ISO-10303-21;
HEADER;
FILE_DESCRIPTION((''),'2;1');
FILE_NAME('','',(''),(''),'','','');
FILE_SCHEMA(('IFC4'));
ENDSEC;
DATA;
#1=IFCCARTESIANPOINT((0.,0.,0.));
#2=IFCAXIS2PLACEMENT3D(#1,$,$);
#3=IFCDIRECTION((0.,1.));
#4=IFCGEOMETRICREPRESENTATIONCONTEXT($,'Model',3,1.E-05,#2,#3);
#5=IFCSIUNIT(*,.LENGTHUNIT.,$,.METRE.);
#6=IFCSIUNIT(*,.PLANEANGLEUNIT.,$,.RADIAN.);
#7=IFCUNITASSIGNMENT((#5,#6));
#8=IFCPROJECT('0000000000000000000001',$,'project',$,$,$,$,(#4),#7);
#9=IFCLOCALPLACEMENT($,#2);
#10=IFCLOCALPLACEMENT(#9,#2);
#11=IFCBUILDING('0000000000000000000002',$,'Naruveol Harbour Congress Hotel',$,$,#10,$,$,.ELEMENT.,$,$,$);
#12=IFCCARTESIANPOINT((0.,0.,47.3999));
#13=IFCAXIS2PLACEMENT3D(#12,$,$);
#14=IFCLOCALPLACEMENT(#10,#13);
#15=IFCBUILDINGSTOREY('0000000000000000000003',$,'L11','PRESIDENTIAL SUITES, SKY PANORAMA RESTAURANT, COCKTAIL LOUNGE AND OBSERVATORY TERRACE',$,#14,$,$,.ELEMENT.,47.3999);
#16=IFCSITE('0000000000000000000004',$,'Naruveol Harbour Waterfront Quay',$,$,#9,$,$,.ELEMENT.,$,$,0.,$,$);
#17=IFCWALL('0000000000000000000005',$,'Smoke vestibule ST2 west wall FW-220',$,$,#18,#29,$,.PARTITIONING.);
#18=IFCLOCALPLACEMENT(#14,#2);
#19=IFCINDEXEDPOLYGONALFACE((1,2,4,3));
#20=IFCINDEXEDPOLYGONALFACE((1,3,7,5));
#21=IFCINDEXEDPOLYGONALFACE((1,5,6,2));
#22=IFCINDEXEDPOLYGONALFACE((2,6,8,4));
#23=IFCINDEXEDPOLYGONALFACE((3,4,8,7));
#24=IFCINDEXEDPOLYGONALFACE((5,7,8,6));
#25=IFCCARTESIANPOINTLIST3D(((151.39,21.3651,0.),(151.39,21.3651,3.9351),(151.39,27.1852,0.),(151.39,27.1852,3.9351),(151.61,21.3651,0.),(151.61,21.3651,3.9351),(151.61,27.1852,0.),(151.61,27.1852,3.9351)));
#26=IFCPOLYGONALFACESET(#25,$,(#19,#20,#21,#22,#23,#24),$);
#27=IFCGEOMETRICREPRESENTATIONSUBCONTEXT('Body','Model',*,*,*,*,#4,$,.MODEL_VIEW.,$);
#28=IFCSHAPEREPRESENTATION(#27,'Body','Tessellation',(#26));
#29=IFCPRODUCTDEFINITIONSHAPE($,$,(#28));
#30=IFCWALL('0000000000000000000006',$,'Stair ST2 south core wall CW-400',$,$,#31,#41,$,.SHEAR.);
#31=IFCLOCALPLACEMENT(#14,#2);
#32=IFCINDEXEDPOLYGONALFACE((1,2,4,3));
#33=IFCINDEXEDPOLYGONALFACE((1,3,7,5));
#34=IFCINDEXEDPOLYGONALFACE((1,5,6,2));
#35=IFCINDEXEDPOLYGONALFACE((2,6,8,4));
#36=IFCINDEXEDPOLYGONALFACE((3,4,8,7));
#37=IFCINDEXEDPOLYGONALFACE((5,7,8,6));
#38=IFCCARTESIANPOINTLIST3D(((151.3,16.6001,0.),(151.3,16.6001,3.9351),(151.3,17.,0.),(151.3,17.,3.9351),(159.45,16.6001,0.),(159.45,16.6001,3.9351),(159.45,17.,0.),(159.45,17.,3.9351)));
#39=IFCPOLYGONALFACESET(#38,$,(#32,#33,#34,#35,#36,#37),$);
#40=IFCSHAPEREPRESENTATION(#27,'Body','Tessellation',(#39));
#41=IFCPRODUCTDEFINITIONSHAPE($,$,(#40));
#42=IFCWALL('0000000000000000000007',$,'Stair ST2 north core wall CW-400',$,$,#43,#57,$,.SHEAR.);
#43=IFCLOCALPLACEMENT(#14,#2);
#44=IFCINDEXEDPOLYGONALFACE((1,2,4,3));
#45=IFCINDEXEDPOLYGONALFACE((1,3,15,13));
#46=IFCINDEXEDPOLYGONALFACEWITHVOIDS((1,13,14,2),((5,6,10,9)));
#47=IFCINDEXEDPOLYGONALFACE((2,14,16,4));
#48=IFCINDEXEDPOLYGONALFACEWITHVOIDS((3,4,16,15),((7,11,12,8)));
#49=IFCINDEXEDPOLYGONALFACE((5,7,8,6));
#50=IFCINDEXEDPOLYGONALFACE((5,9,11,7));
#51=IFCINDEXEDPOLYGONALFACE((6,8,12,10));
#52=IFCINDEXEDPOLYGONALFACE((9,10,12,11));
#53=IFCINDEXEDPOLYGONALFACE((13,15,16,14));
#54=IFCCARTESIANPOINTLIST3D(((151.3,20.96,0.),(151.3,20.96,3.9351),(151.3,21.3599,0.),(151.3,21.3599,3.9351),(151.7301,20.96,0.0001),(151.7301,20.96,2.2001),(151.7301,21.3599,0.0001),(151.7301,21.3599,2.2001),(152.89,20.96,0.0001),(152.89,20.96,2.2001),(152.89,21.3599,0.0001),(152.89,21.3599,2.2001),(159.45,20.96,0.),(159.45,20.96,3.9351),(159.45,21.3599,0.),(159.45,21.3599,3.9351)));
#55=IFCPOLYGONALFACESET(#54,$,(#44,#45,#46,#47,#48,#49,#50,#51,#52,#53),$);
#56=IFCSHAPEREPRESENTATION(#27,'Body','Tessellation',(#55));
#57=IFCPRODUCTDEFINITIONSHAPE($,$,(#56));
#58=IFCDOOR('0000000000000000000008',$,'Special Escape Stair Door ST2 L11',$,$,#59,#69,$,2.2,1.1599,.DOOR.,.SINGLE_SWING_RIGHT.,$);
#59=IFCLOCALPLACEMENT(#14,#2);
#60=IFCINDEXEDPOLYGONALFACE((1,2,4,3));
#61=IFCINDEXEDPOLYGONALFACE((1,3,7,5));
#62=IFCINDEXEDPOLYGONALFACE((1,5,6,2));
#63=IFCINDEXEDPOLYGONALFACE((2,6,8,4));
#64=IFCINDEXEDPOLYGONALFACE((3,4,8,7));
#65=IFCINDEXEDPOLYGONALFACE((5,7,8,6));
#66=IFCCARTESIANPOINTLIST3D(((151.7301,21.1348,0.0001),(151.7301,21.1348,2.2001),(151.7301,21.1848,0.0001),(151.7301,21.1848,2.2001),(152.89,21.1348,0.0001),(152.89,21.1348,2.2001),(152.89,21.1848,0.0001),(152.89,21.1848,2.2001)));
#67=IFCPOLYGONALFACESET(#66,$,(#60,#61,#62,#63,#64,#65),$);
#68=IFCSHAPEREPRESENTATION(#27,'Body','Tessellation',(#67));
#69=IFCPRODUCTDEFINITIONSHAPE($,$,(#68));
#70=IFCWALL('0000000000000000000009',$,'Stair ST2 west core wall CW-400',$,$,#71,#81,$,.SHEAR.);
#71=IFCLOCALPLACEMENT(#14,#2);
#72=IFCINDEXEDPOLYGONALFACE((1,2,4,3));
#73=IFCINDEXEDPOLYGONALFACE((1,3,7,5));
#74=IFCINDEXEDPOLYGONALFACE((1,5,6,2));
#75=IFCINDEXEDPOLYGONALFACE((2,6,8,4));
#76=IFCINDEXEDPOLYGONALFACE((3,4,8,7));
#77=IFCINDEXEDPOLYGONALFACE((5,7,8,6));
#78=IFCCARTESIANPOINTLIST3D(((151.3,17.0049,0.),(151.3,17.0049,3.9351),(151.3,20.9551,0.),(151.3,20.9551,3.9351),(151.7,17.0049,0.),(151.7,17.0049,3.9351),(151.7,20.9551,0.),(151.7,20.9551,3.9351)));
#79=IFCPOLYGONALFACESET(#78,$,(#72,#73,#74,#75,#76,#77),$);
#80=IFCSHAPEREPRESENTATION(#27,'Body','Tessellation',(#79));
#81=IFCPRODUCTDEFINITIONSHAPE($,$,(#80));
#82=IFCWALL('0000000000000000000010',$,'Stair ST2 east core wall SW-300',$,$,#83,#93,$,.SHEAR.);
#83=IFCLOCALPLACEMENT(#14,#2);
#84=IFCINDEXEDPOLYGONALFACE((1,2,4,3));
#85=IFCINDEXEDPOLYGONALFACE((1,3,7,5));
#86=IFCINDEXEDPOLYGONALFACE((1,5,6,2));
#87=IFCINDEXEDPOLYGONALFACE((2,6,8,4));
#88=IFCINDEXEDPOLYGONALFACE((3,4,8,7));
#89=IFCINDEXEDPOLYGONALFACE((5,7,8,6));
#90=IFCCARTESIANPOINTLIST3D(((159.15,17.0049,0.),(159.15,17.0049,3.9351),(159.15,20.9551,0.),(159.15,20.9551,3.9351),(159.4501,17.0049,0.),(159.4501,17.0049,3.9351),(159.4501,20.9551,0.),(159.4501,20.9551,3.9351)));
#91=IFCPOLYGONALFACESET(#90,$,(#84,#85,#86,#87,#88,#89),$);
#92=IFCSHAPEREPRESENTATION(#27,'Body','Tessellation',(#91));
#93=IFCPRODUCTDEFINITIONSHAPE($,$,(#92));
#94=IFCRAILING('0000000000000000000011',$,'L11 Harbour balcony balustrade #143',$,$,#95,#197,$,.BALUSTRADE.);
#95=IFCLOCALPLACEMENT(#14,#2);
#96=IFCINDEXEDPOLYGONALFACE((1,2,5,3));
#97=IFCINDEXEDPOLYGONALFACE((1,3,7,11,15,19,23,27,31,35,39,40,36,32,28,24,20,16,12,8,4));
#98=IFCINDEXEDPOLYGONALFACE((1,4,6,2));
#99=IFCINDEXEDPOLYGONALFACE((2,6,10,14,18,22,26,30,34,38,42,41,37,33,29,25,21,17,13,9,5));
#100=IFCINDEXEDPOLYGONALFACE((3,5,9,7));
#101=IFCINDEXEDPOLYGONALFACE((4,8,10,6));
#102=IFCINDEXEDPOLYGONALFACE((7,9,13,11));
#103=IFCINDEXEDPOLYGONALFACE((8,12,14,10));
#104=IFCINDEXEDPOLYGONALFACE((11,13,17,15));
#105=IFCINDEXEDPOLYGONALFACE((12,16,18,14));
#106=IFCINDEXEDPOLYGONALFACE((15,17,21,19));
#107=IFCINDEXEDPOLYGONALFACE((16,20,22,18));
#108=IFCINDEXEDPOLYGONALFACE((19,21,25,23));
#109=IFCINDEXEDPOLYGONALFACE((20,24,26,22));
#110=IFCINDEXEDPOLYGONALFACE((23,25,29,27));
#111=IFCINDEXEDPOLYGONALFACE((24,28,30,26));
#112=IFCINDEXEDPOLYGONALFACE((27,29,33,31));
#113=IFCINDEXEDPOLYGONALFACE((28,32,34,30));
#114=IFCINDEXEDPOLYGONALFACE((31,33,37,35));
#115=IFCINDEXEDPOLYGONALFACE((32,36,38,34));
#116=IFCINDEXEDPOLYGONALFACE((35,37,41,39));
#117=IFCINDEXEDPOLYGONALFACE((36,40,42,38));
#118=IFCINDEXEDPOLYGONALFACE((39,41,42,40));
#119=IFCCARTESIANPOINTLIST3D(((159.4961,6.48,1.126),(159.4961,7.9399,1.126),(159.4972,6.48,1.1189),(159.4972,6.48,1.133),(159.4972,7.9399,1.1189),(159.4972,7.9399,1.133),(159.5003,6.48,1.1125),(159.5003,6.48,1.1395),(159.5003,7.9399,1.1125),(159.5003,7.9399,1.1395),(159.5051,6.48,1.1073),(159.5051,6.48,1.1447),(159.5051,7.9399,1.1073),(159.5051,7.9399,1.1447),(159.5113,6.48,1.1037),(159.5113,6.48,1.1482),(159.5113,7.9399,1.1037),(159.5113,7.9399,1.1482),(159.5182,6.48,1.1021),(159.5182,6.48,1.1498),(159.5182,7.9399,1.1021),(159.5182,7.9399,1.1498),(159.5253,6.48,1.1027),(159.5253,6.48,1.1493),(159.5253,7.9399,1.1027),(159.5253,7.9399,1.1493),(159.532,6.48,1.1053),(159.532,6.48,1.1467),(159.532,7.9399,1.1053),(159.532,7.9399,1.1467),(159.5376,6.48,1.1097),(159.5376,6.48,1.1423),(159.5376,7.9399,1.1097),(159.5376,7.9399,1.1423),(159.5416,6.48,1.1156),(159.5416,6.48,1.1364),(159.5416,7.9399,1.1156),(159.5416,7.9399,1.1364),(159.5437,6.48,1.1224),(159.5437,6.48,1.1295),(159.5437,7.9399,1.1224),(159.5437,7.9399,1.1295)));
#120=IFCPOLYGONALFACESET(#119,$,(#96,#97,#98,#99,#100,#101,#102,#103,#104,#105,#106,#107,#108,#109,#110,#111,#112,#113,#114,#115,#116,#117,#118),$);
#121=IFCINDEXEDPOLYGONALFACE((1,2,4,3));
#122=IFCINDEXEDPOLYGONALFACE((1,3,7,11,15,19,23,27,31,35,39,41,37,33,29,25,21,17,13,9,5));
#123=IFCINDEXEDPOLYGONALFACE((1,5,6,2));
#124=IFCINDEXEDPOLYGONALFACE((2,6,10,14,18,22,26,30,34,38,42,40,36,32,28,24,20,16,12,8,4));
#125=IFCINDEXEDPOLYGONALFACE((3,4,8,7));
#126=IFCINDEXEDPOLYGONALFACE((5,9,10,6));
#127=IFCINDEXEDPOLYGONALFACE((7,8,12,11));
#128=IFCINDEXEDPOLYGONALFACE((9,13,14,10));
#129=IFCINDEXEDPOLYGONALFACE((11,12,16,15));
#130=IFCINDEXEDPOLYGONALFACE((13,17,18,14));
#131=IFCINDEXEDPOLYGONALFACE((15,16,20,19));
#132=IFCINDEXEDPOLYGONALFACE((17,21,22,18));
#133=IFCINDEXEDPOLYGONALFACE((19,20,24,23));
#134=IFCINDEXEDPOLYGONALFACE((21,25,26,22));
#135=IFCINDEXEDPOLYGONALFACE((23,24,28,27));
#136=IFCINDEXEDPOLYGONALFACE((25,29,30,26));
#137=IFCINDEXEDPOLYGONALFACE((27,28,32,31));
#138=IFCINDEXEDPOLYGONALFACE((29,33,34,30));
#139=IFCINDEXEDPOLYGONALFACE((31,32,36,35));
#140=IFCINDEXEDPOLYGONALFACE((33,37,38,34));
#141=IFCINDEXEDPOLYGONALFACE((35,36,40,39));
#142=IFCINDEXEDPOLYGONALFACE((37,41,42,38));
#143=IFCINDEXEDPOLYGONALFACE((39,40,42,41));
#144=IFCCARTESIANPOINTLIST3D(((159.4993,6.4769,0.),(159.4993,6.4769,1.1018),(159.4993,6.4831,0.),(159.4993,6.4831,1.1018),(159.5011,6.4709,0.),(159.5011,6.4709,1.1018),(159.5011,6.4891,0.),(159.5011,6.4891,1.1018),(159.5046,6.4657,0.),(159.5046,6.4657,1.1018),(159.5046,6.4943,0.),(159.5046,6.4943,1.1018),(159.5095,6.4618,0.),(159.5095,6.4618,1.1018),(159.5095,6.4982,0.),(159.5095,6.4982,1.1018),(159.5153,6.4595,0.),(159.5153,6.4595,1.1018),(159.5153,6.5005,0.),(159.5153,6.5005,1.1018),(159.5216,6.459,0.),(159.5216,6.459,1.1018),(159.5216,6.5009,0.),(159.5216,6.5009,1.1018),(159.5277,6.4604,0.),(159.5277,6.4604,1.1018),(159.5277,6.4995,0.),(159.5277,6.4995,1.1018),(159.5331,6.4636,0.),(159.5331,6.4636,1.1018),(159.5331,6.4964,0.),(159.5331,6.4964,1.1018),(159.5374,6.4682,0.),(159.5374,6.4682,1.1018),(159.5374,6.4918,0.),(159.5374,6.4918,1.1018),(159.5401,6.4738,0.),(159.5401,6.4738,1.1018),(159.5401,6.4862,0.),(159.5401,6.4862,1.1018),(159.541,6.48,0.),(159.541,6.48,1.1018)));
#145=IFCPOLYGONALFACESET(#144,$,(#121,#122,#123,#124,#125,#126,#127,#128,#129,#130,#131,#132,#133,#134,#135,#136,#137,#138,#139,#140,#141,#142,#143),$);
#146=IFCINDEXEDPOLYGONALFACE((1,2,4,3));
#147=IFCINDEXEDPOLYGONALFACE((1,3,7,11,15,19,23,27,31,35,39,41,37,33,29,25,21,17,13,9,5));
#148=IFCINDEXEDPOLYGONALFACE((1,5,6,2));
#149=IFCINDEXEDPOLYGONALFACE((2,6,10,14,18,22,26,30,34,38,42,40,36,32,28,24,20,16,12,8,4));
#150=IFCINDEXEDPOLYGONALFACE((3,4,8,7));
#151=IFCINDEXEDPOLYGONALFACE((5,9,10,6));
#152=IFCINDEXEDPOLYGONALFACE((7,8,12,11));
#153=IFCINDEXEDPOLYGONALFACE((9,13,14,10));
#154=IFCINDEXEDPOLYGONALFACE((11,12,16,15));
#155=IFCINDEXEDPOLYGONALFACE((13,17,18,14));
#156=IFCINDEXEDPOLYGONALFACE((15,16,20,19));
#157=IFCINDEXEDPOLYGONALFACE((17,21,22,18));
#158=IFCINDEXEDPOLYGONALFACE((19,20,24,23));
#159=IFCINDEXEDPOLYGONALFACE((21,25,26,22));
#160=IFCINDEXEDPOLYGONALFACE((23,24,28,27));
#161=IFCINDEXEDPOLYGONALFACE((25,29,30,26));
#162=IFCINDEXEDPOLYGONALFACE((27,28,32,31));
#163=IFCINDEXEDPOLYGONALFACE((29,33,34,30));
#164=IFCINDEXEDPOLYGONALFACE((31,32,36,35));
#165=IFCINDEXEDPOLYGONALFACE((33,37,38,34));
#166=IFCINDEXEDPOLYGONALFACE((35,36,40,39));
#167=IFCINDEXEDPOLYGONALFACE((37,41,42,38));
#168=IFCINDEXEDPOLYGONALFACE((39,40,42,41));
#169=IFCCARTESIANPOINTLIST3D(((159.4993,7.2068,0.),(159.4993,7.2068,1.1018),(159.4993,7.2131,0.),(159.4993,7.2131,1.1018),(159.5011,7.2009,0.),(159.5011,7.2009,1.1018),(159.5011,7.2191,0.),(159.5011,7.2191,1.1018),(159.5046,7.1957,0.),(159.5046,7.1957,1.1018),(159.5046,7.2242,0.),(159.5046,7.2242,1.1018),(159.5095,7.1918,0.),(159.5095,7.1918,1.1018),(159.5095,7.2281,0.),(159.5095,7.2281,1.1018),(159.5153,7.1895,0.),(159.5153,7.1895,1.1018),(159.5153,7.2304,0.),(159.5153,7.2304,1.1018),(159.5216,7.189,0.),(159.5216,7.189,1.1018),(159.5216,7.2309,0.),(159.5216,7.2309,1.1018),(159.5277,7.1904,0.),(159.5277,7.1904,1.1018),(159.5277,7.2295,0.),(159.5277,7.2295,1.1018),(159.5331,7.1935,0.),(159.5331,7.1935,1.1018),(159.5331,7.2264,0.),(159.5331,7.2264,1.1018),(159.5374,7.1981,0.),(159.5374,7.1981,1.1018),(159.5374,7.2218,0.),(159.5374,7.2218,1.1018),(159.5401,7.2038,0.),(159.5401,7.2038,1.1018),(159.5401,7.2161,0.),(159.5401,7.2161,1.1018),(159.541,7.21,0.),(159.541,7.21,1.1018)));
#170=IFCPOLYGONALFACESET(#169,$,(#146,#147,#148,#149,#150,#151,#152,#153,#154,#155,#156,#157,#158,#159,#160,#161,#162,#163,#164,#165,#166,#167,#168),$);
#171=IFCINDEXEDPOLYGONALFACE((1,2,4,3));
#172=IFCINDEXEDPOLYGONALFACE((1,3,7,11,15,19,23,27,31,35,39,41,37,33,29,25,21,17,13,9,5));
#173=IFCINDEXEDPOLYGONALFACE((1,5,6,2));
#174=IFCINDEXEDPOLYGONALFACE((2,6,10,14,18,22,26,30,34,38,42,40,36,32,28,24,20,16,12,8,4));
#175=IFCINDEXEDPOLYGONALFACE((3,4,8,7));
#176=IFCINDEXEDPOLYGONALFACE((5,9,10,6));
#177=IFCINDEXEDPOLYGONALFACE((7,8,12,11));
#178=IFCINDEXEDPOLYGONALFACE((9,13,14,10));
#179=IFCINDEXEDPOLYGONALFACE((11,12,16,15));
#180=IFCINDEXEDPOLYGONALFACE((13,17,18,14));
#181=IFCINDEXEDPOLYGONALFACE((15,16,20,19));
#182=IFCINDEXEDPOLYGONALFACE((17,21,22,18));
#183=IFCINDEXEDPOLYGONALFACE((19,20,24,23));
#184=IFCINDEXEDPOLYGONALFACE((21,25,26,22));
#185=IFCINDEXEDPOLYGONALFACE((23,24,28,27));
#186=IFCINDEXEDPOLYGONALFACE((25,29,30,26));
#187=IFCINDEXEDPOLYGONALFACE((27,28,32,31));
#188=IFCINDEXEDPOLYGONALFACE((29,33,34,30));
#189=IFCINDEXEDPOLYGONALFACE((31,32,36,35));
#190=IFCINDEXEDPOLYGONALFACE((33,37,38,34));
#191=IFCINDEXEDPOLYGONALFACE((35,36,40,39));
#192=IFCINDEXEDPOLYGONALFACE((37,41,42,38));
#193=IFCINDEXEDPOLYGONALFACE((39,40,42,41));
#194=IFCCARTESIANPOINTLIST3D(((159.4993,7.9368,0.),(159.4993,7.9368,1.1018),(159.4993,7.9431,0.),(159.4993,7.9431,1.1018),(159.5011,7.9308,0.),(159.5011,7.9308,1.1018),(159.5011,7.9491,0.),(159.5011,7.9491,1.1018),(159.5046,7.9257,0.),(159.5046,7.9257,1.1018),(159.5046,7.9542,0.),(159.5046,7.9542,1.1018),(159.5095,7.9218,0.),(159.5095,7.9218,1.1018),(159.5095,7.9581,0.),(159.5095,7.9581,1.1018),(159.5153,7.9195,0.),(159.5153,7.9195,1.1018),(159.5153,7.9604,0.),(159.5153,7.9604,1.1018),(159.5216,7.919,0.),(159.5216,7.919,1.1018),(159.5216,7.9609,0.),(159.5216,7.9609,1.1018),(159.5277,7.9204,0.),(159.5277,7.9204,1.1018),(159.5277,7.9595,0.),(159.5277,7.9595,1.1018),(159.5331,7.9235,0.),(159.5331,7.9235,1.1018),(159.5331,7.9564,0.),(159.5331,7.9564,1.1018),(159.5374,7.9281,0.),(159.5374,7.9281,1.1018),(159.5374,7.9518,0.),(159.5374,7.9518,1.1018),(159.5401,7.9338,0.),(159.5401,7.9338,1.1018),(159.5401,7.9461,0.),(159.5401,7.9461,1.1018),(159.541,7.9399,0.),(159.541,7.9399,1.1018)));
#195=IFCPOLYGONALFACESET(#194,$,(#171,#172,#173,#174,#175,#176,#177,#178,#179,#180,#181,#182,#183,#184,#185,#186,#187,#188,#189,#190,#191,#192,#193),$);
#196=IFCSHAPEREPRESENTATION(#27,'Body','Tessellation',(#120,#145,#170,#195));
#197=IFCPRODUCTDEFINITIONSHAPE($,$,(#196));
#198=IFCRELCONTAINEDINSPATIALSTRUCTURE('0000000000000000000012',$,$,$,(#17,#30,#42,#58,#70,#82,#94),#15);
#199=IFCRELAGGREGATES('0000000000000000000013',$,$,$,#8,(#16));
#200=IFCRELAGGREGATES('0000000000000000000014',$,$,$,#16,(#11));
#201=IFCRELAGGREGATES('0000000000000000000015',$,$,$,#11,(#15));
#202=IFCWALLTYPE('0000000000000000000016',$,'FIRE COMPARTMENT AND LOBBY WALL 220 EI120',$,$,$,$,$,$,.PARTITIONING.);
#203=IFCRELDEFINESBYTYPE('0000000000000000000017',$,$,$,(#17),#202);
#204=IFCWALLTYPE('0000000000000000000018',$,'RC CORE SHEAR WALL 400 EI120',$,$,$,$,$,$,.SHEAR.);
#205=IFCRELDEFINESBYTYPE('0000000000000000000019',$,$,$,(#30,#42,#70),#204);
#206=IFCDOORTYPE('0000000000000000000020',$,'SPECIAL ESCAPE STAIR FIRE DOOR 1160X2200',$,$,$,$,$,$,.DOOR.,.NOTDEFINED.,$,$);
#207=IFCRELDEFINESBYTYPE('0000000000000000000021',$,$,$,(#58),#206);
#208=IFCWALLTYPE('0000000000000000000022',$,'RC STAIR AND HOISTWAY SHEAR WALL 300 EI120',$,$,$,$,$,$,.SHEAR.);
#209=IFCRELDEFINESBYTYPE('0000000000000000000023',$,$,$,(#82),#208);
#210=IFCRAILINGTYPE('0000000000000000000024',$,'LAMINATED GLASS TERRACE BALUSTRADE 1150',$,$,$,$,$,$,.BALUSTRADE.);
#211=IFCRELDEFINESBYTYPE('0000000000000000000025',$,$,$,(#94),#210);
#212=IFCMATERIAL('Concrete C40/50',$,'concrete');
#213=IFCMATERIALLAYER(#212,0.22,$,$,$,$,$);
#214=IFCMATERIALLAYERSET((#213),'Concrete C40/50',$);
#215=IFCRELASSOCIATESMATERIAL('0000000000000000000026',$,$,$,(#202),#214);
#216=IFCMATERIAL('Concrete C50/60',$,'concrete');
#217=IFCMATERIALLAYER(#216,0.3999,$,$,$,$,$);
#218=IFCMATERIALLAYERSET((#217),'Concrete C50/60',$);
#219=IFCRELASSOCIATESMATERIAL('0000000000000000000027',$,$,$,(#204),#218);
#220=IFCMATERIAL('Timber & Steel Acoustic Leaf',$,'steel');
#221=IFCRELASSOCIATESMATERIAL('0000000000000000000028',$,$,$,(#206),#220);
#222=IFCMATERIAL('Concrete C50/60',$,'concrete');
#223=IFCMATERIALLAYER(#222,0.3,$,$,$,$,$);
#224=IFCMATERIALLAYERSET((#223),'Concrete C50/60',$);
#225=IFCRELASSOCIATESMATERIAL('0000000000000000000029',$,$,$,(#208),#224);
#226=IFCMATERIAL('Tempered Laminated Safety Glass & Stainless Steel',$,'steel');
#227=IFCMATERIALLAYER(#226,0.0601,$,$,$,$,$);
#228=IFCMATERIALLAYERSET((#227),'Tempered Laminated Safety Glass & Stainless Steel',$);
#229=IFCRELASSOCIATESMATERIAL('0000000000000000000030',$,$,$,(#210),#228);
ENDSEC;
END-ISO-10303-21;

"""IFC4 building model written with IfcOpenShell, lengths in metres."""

from ifc_helpers import new_model, si_unit, direction, frame, frame_2d, origin, origin_2d, place, context, subcontext, project, spatial, rectangle, circle, extrude, material, layer, layer_set, type_object, element, fill, save


model = new_model("IFC4")

# Units and contexts
model_context = context("Model", 3, precision=1e-05, world=origin(), true_north=direction((0.0, 1.0)))
body_context = subcontext(model_context, "Body", "Model", "MODEL_VIEW")
ifc_project = project(units=[si_unit("LENGTHUNIT", "METRE"), si_unit("PLANEANGLEUNIT", "RADIAN")], contexts=[model_context])

# Site, building, storey
site_placement = place(None, origin())
site = spatial("IfcSite", under=ifc_project, at=site_placement, Name="Naruveol Harbour Waterfront Quay", CompositionType="ELEMENT", RefElevation=0.0)
building_placement = place(site_placement, origin())
building = spatial("IfcBuilding", under=site, at=building_placement, Name="Naruveol Harbour Congress Hotel", CompositionType="ELEMENT")
storey_placement = place(building_placement, frame((0.0, 0.0, 47.3999)))
storey = spatial("IfcBuildingStorey", under=building, at=storey_placement, Name="L11", Description="PRESIDENTIAL SUITES, SKY PANORAMA RESTAURANT, COCKTAIL LOUNGE AND OBSERVATORY TERRACE", CompositionType="ELEMENT", Elevation=47.3999)

# Walls
ifc_material_1 = material(Name="Concrete C40/50", Category="concrete")
ifc_layer_1 = layer(ifc_material_1, 0.22)
ifc_layer_set_1 = layer_set([ifc_layer_1], Name="Concrete C40/50")
wall_type_1 = type_object("IfcWallType", Name="FIRE COMPARTMENT AND LOBBY WALL 220 EI120", PredefinedType="PARTITIONING", material=ifc_layer_set_1)
wall_1_placement = place(storey_placement, frame((151.5, 21.365, 0.0), z_axis=(0.0, 0.0, 1.0), x_axis=(0.0, 1.0, 0.0)))
element("IfcWall", 1, at=wall_1_placement, inside=storey, type_object=wall_type_1, Name="Smoke vestibule ST2 west wall FW-220", PredefinedType="PARTITIONING", context=body_context, shape_type="SweptSolid", body=[
    extrude(rectangle(XDim=5.8201, YDim=0.22, at=frame_2d((2.9102, 0.0))), origin(), (0.0, 0.0, 1.0), 3.9351),
])
ifc_material_2 = material(Name="Concrete C50/60", Category="concrete")
ifc_layer_2 = layer(ifc_material_2, 0.3999)
ifc_layer_set_2 = layer_set([ifc_layer_2], Name="Concrete C50/60")
wall_type_2 = type_object("IfcWallType", Name="RC CORE SHEAR WALL 400 EI120", PredefinedType="SHEAR", material=ifc_layer_set_2)
wall_2_placement = place(storey_placement, frame((151.3, 16.8, 0.0), z_axis=(0.0, 0.0, 1.0), x_axis=(1.0, 0.0, 0.0)))
element("IfcWall", 2, at=wall_2_placement, inside=storey, type_object=wall_type_2, Name="Stair ST2 south core wall CW-400", PredefinedType="SHEAR", context=body_context, shape_type="SweptSolid", body=[
    extrude(rectangle(XDim=8.1499, YDim=0.3999, at=frame_2d((4.075, 0.0))), origin(), (0.0, 0.0, 1.0), 3.9351),
])

# Wall, opening, door
wall_3_placement = place(storey_placement, frame((151.3, 21.1599, 0.0), z_axis=(0.0, 0.0, 1.0), x_axis=(1.0, 0.0, 0.0)))
wall_3 = element("IfcWall", 3, at=wall_3_placement, inside=storey, type_object=wall_type_2, Name="Stair ST2 north core wall CW-400", PredefinedType="SHEAR", context=body_context, shape_type="SweptSolid", body=[
    extrude(rectangle(XDim=8.1499, YDim=0.3999, at=frame_2d((4.075, 0.0))), origin(), (0.0, 0.0, 1.0), 3.9351),
])
opening_1_placement = place(wall_3_placement, frame((0.4299, 0.0, 0.0)))
opening_1 = element("IfcOpeningElement", 4, at=opening_1_placement, cuts=wall_3, PredefinedType="OPENING", context=body_context, shape_type="SweptSolid", body=[
    extrude(rectangle(XDim=1.1599, YDim=2.2, at=frame_2d((0.5801, 1.1001))), frame((0.0, 0.21, 0.0), z_axis=(0.0, -1.0, 0.0), x_axis=(1.0, 0.0, 0.0)), (0.0, 0.0, 1.0), 0.4199),
])
ifc_material_3 = material(Name="Timber & Steel Acoustic Leaf", Category="steel")
door_type = type_object("IfcDoorType", Name="SPECIAL ESCAPE STAIR FIRE DOOR 1160X2200", OperationType="NOTDEFINED", PredefinedType="DOOR", material=ifc_material_3)
door_placement = place(opening_1_placement, origin())
door = element("IfcDoor", 5, at=door_placement, inside=storey, type_object=door_type, Name="Special Escape Stair Door ST2 L11", OperationType="SINGLE_SWING_RIGHT", OverallHeight=2.2, OverallWidth=1.1599, PredefinedType="DOOR", context=body_context, shape_type="SweptSolid", body=[
    extrude(rectangle(XDim=1.1599, YDim=2.2, at=frame_2d((0.5801, 1.1001))), frame((0.0, 0.0249, 0.0), z_axis=(0.0, -1.0, 0.0), x_axis=(1.0, 0.0, 0.0)), (0.0, 0.0, 1.0), 0.05),
])
fill(opening_1, door)

# Walls
wall_4_placement = place(storey_placement, frame((151.5, 17.0049, 0.0), z_axis=(0.0, 0.0, 1.0), x_axis=(0.0, 1.0, 0.0)))
element("IfcWall", 6, at=wall_4_placement, inside=storey, type_object=wall_type_2, Name="Stair ST2 west core wall CW-400", PredefinedType="SHEAR", context=body_context, shape_type="SweptSolid", body=[
    extrude(rectangle(XDim=3.9502, YDim=0.3999, at=frame_2d((1.9751, 0.0))), origin(), (0.0, 0.0, 1.0), 3.9351),
])
ifc_material_4 = material(Name="Concrete C50/60", Category="concrete")
ifc_layer_3 = layer(ifc_material_4, 0.3)
ifc_layer_set_3 = layer_set([ifc_layer_3], Name="Concrete C50/60")
wall_type_3 = type_object("IfcWallType", Name="RC STAIR AND HOISTWAY SHEAR WALL 300 EI120", PredefinedType="SHEAR", material=ifc_layer_set_3)
wall_5_placement = place(storey_placement, frame((159.3, 17.0049, 0.0), z_axis=(0.0, 0.0, 1.0), x_axis=(0.0, 1.0, 0.0)))
element("IfcWall", 7, at=wall_5_placement, inside=storey, type_object=wall_type_3, Name="Stair ST2 east core wall SW-300", PredefinedType="SHEAR", context=body_context, shape_type="SweptSolid", body=[
    extrude(rectangle(XDim=3.9502, YDim=0.3, at=frame_2d((1.9751, 0.0))), origin(), (0.0, 0.0, 1.0), 3.9351),
])

# Railing
ifc_material_5 = material(Name="Tempered Laminated Safety Glass & Stainless Steel", Category="steel")
ifc_layer_4 = layer(ifc_material_5, 0.0601)
ifc_layer_set_4 = layer_set([ifc_layer_4], Name="Tempered Laminated Safety Glass & Stainless Steel")
railing_type_1 = type_object("IfcRailingType", Name="LAMINATED GLASS TERRACE BALUSTRADE 1150", PredefinedType="BALUSTRADE", material=ifc_layer_set_4)
railing_1_placement = place(storey_placement, frame((159.52, 6.48, 0.0)))
element("IfcRailing", 8, at=railing_1_placement, inside=storey, type_object=railing_type_1, Name="L11 Harbour balcony balustrade #143", PredefinedType="BALUSTRADE", context=body_context, shape_type="SweptSolid", body=[
    extrude(circle(Radius=0.0239, at=origin_2d()), frame((0.0, 0.0, 1.126), z_axis=(0.0, 1.0, 0.0), x_axis=(-1.0, 0.0, 0.0)), (0.0, 0.0, 1.0), 1.46),
    extrude(circle(Radius=0.021, at=origin_2d()), origin(), (0.0, 0.0, 1.0), 1.1018),
    extrude(circle(Radius=0.021, at=origin_2d()), frame((0.0, 0.73, 0.0)), (0.0, 0.0, 1.0), 1.1018),
    extrude(circle(Radius=0.021, at=origin_2d()), frame((0.0, 1.46, 0.0)), (0.0, 0.0, 1.0), 1.1018),
])

save(model, "model.ifc")
